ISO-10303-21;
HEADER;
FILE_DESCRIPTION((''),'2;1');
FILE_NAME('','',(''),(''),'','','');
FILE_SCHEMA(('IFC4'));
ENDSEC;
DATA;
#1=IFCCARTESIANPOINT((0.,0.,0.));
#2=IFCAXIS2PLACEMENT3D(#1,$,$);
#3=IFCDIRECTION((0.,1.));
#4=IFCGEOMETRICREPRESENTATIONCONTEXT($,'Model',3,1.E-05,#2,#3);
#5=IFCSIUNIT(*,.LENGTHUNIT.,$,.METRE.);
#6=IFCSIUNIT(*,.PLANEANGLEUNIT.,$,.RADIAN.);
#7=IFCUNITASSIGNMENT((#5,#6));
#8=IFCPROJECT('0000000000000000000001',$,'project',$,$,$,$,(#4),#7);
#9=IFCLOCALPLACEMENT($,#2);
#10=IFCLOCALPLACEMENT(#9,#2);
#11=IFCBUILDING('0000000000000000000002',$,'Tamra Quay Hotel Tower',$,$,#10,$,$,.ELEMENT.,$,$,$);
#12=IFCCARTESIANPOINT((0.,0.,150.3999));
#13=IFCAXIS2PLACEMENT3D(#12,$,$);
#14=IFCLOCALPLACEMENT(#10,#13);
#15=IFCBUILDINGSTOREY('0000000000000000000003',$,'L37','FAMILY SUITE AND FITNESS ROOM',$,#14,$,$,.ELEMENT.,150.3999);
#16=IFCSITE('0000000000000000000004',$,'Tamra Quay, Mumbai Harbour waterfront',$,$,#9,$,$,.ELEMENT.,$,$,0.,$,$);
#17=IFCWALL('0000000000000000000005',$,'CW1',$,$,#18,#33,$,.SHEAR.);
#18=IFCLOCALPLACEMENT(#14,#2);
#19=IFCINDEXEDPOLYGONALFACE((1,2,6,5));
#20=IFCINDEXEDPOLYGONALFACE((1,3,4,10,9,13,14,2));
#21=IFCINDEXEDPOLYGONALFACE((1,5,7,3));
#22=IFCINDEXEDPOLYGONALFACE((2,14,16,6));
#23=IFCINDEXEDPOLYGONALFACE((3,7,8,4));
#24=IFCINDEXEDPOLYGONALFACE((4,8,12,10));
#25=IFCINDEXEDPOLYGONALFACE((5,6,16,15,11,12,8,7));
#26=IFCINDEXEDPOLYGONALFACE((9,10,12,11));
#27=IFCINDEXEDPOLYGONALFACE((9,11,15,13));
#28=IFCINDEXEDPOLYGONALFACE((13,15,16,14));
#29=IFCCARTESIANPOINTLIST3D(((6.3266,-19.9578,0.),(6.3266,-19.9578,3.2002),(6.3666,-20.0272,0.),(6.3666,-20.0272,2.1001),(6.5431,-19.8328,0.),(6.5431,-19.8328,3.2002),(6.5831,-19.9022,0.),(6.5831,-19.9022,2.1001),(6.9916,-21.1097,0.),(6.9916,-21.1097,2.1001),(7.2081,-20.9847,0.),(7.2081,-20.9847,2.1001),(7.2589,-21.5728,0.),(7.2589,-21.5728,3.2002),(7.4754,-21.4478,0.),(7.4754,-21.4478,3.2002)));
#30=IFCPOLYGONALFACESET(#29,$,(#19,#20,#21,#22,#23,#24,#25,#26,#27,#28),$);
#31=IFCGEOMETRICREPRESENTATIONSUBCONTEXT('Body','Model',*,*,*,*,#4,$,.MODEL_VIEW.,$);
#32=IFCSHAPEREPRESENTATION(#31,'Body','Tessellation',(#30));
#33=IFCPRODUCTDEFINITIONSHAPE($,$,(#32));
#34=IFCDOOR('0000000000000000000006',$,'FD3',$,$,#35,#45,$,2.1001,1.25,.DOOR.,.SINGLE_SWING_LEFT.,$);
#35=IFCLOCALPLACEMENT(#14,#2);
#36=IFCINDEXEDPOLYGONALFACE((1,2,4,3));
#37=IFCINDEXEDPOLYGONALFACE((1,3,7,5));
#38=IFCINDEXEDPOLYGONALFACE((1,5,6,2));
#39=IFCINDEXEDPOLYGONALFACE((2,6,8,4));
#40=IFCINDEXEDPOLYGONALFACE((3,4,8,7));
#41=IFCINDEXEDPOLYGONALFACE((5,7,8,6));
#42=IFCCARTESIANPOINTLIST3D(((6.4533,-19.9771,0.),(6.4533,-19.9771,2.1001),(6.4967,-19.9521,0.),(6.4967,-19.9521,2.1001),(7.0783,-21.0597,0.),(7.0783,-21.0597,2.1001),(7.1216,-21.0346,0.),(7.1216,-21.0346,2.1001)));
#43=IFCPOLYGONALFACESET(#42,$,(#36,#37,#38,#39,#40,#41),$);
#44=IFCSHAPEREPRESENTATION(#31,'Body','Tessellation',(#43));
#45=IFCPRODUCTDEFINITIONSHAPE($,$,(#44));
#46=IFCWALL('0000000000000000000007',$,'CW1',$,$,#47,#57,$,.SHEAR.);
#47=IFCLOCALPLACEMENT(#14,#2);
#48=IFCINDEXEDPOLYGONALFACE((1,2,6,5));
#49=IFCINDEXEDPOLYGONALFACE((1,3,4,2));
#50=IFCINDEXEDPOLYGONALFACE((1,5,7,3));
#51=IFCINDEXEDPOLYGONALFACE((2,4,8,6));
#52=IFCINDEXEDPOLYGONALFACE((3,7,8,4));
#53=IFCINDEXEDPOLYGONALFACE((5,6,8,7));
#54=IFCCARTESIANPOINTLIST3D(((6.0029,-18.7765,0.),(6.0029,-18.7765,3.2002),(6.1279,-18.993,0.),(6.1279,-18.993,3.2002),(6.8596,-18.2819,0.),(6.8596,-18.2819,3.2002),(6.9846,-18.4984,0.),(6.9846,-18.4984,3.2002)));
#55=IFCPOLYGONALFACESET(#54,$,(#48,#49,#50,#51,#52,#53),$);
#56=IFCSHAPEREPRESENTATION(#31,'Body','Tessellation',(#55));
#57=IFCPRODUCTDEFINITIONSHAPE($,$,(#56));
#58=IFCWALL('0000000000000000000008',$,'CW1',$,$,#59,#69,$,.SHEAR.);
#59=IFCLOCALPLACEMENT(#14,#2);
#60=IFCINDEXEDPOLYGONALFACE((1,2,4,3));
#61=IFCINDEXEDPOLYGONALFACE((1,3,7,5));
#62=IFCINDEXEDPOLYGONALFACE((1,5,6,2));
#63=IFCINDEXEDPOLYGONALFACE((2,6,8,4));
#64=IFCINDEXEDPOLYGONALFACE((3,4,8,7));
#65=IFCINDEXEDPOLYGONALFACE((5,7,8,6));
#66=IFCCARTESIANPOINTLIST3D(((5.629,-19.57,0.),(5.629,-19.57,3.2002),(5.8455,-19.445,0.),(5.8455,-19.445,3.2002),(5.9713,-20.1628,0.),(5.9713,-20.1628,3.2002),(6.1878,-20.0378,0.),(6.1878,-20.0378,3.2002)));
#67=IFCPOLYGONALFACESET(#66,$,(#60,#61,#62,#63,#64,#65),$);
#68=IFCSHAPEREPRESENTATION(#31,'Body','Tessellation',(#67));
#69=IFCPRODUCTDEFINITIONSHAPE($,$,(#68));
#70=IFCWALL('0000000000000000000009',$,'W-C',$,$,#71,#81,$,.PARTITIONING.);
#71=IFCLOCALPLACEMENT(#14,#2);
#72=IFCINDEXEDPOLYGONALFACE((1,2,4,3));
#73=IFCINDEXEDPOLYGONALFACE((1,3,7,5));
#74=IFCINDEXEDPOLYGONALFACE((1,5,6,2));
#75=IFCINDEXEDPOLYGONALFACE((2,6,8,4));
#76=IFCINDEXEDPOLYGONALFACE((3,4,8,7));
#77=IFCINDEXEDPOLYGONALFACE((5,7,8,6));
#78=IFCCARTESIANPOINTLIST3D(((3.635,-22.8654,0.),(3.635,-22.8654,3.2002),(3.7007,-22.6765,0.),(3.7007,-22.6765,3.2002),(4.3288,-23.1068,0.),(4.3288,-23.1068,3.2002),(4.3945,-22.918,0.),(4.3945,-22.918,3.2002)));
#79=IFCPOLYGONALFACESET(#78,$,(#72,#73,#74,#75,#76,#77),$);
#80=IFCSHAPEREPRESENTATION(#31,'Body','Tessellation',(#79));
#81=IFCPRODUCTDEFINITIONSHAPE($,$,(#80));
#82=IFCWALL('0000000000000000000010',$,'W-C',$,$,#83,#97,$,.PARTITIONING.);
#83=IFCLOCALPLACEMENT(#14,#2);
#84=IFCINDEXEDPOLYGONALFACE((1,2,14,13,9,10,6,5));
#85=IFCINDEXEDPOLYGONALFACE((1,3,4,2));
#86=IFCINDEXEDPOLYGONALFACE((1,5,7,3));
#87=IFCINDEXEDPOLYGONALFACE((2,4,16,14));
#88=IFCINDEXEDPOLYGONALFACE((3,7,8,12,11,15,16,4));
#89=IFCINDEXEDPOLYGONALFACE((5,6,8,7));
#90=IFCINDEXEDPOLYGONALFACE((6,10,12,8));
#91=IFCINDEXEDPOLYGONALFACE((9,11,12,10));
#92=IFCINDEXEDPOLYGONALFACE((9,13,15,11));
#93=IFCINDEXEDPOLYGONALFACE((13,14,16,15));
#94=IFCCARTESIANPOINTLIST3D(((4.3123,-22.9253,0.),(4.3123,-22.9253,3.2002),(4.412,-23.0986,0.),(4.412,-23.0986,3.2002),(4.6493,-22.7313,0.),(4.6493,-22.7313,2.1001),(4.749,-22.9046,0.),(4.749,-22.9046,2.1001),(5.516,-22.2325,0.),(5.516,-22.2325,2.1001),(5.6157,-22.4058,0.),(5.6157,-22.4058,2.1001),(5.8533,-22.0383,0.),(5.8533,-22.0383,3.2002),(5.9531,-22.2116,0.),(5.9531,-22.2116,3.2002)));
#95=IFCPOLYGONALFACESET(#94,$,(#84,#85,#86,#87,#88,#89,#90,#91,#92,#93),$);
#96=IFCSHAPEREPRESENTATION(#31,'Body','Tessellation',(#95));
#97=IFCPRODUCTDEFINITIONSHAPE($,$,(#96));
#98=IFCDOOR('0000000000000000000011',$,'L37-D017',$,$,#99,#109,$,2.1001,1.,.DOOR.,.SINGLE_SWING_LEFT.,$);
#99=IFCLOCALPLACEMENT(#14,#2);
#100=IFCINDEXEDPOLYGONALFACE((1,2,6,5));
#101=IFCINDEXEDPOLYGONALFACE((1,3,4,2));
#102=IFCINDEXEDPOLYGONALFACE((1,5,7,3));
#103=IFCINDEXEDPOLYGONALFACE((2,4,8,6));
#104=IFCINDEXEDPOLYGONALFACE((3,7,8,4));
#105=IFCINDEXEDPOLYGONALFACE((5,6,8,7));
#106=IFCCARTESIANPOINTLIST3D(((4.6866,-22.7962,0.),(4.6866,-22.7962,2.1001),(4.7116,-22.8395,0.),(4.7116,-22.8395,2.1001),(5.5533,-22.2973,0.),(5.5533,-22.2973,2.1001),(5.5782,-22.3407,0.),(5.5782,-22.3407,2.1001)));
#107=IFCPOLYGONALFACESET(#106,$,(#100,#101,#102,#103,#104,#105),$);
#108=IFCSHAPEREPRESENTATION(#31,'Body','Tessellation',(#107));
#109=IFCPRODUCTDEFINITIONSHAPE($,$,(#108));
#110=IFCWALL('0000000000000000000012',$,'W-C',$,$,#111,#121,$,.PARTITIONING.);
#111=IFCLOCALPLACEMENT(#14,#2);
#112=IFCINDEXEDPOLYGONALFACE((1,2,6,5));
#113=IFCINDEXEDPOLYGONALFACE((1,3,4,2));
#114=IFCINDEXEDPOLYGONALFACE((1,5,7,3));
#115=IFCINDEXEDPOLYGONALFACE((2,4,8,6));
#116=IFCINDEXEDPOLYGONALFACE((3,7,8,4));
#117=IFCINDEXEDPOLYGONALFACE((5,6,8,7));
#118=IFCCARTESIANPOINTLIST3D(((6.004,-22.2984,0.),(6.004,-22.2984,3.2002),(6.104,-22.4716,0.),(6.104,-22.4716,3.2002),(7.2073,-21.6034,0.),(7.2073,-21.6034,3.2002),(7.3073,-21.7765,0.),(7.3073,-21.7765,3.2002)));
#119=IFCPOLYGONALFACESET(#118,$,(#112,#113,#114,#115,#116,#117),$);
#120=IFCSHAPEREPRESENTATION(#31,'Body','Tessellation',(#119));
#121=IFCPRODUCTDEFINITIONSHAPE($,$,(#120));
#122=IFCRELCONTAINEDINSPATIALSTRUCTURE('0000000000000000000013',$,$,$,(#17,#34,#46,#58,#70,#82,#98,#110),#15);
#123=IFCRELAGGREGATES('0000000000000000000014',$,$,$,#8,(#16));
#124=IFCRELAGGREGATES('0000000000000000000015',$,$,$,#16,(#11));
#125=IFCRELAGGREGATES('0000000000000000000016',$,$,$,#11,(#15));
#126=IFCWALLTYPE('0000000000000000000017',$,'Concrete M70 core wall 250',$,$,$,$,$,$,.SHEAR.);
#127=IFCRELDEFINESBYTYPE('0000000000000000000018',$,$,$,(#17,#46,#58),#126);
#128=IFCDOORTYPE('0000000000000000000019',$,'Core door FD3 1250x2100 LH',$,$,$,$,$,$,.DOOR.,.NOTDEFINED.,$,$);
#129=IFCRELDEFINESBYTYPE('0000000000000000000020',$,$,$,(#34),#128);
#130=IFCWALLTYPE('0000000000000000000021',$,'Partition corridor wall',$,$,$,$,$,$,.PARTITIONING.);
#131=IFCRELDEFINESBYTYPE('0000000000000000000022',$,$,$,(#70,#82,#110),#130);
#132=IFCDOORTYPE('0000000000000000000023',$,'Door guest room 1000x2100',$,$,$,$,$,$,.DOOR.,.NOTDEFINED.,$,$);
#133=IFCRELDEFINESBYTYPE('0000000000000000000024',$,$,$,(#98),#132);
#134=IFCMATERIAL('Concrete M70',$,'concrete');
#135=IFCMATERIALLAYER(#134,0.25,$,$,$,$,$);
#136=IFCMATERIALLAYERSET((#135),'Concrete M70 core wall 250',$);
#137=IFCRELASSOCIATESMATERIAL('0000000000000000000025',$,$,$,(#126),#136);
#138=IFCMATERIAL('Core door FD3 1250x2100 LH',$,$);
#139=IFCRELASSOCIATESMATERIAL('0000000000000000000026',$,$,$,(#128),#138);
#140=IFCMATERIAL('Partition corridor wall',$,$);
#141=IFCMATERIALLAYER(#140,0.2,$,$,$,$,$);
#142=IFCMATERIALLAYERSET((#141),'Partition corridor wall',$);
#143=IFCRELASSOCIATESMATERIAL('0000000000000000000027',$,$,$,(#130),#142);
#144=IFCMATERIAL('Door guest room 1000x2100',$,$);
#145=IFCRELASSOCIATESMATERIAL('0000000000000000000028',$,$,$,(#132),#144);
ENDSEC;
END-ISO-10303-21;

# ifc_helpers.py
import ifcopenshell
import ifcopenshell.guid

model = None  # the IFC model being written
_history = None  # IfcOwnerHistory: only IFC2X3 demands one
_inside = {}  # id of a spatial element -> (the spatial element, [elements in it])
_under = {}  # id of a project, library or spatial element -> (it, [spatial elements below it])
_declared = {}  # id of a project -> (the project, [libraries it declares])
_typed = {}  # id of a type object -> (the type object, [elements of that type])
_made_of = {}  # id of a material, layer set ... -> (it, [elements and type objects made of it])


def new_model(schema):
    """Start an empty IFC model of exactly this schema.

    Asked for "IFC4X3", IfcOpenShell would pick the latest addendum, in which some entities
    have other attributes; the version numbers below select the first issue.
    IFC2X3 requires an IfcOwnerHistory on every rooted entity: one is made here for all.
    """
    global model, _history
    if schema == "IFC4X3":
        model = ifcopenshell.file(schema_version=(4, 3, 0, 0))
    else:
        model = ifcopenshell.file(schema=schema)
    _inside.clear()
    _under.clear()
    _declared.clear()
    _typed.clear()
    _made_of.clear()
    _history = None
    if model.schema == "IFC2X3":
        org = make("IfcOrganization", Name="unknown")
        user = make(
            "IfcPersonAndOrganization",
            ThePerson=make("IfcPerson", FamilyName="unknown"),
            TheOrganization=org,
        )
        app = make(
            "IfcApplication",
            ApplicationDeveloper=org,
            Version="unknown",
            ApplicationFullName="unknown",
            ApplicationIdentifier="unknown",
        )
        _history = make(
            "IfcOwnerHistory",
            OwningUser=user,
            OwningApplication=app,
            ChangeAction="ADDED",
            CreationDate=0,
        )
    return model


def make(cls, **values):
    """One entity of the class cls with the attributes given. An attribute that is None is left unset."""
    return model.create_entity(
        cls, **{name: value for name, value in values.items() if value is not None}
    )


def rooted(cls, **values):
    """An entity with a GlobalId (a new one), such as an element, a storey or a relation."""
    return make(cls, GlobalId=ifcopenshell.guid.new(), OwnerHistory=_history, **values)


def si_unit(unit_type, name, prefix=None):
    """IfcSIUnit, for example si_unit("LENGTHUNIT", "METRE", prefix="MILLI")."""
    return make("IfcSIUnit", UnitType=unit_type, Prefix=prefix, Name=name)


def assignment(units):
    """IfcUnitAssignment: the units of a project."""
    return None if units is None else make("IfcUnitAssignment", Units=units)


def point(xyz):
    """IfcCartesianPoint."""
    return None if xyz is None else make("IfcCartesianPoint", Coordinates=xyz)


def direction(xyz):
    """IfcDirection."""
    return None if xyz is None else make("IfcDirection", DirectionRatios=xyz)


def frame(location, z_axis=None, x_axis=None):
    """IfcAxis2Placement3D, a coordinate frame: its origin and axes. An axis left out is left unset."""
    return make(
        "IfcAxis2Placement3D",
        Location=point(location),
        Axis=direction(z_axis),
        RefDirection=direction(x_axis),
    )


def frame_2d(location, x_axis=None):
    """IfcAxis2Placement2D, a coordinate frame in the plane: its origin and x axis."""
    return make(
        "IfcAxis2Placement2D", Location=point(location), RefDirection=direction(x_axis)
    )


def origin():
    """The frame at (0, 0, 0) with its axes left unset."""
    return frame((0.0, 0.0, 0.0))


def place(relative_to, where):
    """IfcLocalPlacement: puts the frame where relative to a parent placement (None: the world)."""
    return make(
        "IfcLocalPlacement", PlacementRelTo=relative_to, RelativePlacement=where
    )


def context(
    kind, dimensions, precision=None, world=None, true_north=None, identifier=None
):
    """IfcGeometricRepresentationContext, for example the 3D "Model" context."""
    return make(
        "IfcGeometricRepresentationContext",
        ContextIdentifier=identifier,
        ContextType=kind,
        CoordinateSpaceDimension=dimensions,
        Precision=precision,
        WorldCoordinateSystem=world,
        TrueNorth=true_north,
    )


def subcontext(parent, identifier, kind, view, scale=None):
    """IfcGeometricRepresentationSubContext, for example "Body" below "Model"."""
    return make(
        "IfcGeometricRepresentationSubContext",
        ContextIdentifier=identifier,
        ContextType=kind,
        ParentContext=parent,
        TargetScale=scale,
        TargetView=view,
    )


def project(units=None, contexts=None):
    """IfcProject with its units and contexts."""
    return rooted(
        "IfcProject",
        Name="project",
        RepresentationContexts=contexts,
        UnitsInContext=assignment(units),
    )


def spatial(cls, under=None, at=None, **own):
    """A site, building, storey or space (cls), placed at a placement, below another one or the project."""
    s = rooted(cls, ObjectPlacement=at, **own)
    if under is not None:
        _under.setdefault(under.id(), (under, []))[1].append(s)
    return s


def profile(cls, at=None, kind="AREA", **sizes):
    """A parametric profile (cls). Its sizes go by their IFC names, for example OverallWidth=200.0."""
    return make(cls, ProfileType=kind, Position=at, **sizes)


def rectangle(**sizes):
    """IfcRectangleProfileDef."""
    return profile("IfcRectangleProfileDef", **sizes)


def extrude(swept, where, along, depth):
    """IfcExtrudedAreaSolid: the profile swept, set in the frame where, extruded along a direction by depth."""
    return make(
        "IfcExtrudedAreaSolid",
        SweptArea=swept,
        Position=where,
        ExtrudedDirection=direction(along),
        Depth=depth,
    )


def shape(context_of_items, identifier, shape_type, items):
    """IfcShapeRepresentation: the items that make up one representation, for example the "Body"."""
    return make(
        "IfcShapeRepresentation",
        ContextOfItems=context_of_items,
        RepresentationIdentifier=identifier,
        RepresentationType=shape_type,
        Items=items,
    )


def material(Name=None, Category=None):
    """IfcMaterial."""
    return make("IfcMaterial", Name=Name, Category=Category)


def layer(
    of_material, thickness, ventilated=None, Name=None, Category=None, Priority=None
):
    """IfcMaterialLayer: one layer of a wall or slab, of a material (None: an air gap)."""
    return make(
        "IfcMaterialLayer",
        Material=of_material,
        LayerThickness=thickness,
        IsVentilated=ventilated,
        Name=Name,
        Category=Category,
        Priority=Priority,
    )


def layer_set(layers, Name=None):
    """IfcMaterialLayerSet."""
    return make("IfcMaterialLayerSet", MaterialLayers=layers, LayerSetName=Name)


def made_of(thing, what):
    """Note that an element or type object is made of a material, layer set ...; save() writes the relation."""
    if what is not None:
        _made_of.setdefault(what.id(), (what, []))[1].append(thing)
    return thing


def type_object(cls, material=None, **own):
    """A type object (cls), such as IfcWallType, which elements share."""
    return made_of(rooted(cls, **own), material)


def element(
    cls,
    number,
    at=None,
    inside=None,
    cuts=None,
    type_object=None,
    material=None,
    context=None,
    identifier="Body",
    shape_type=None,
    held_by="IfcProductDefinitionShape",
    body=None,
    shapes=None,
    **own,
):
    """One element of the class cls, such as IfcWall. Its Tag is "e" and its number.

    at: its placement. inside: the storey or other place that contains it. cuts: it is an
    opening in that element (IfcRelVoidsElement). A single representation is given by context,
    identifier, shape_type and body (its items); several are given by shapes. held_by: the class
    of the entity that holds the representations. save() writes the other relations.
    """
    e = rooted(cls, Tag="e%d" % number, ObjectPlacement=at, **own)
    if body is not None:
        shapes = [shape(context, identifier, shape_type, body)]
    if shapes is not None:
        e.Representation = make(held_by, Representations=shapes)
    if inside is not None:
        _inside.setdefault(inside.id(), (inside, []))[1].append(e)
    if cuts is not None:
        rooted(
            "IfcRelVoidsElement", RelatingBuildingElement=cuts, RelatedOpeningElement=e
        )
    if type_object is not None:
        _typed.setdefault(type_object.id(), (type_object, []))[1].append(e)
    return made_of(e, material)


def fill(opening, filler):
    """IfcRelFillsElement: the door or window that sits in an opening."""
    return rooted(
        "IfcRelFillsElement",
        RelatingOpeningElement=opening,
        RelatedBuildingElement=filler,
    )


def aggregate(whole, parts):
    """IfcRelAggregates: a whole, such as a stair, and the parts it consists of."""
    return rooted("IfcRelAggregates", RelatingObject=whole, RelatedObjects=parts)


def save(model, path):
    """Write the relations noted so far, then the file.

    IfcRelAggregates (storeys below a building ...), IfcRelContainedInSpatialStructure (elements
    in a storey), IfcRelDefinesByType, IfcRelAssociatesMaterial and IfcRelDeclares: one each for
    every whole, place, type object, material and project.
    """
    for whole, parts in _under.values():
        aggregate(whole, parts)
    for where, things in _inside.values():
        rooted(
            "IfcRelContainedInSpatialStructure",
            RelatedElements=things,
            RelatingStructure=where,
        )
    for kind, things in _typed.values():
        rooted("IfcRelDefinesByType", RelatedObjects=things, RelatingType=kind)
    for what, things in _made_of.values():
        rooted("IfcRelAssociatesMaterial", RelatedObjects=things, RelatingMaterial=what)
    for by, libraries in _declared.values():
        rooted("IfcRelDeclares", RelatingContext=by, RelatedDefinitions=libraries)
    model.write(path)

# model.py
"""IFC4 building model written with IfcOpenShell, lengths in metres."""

from ifc_helpers import new_model, si_unit, direction, frame, frame_2d, origin, place, context, subcontext, project, spatial, rectangle, extrude, material, layer, layer_set, type_object, element, fill, save


model = new_model("IFC4")

# Units and contexts
model_context = context("Model", 3, precision=1e-05, world=origin(), true_north=direction((0.0, 1.0)))
body_context = subcontext(model_context, "Body", "Model", "MODEL_VIEW")
ifc_project = project(units=[si_unit("LENGTHUNIT", "METRE"), si_unit("PLANEANGLEUNIT", "RADIAN")], contexts=[model_context])

# Site, building, storey
site_placement = place(None, origin())
site = spatial("IfcSite", under=ifc_project, at=site_placement, Name="Tamra Quay, Mumbai Harbour waterfront", CompositionType="ELEMENT", RefElevation=0.0)
building_placement = place(site_placement, origin())
building = spatial("IfcBuilding", under=site, at=building_placement, Name="Tamra Quay Hotel Tower", CompositionType="ELEMENT")
storey_placement = place(building_placement, frame((0.0, 0.0, 150.3999)))
storey = spatial("IfcBuildingStorey", under=building, at=storey_placement, Name="L37", Description="FAMILY SUITE AND FITNESS ROOM", CompositionType="ELEMENT", Elevation=150.3999)

# Shared definitions
ifc_material_1 = material(Name="Concrete M70", Category="concrete")

# Shared definitions
ifc_layer_1 = layer(ifc_material_1, 0.25)
ifc_layer_set_1 = layer_set([ifc_layer_1], Name="Concrete M70 core wall 250")
wall_type_1 = type_object("IfcWallType", Name="Concrete M70 core wall 250", PredefinedType="SHEAR", material=ifc_layer_set_1)

# Wall, opening, door
wall_1_placement = place(storey_placement, frame((7.3672, -21.5103, 0.0), z_axis=(0.0, 0.0, 1.0), x_axis=(-0.499983, 0.866035, 0.0)))
wall_1 = element("IfcWall", 1, at=wall_1_placement, inside=storey, type_object=wall_type_1, Name="CW1", PredefinedType="SHEAR", context=body_context, shape_type="SweptSolid", body=[
    extrude(rectangle(XDim=1.8647, YDim=0.25, at=frame_2d((0.9324, 0.0))), origin(), (0.0, 0.0, 1.0), 3.2002),
])
opening_1_placement = place(wall_1_placement, frame((0.5347, 0.0, 0.0)))
opening_1 = element("IfcOpeningElement", 2, at=opening_1_placement, cuts=wall_1, PredefinedType="OPENING", context=body_context, shape_type="SweptSolid", body=[
    extrude(rectangle(XDim=1.25, YDim=2.1001, at=frame_2d((0.625, 1.05))), frame((0.0, 0.135, 0.0), z_axis=(0.0, -1.0, 0.0), x_axis=(1.0, 0.0, 0.0)), (0.0, 0.0, 1.0), 0.27),
])
ifc_material_2 = material(Name="Core door FD3 1250x2100 LH")
door_type_1 = type_object("IfcDoorType", Name="Core door FD3 1250x2100 LH", OperationType="NOTDEFINED", PredefinedType="DOOR", material=ifc_material_2)
door_1_placement = place(opening_1_placement, origin())
door_1 = element("IfcDoor", 3, at=door_1_placement, inside=storey, type_object=door_type_1, Name="FD3", OperationType="SINGLE_SWING_LEFT", OverallHeight=2.1001, OverallWidth=1.25, PredefinedType="DOOR", context=body_context, shape_type="SweptSolid", body=[
    extrude(rectangle(XDim=1.25, YDim=2.1001, at=frame_2d((0.625, 1.05))), frame((0.0, 0.0249, 0.0), z_axis=(0.0, -1.0, 0.0), x_axis=(1.0, 0.0, 0.0)), (0.0, 0.0, 1.0), 0.05),
])
fill(opening_1, door_1)

# Walls
wall_2_placement = place(storey_placement, frame((6.0654, -18.8848, 0.0), z_axis=(0.0, 0.0, 1.0), x_axis=(0.866017, 0.500014, 0.0)))
element("IfcWall", 4, at=wall_2_placement, inside=storey, type_object=wall_type_1, Name="CW1", PredefinedType="SHEAR", context=body_context, shape_type="SweptSolid", body=[
    extrude(rectangle(XDim=0.9893, YDim=0.25, at=frame_2d((0.4946, 0.0))), origin(), (0.0, 0.0, 1.0), 3.2002),
])
wall_3_placement = place(storey_placement, frame((6.0796, -20.1003, 0.0), z_axis=(0.0, 0.0, 1.0), x_axis=(-0.500052, 0.865996, 0.0)))
element("IfcWall", 5, at=wall_3_placement, inside=storey, type_object=wall_type_1, Name="CW1", PredefinedType="SHEAR", context=body_context, shape_type="SweptSolid", body=[
    extrude(rectangle(XDim=0.6846, YDim=0.25, at=frame_2d((0.3423, 0.0))), origin(), (0.0, 0.0, 1.0), 3.2002),
])
ifc_material_3 = material(Name="Partition corridor wall")
ifc_layer_2 = layer(ifc_material_3, 0.2)
ifc_layer_set_2 = layer_set([ifc_layer_2], Name="Partition corridor wall")
wall_type_2 = type_object("IfcWallType", Name="Partition corridor wall", PredefinedType="PARTITIONING", material=ifc_layer_set_2)
wall_4_placement = place(storey_placement, frame((3.668, -22.771, 0.0), z_axis=(0.0, 0.0, 1.0), x_axis=(0.944447, -0.328662, 0.0)))
element("IfcWall", 6, at=wall_4_placement, inside=storey, type_object=wall_type_2, Name="W-C", PredefinedType="PARTITIONING", context=body_context, shape_type="SweptSolid", body=[
    extrude(rectangle(XDim=0.7346, YDim=0.2, at=frame_2d((0.3672, 0.0))), origin(), (0.0, 0.0, 1.0), 3.2002),
])

# Wall, opening, door
wall_5_placement = place(storey_placement, frame((4.3621, -23.012, 0.0), z_axis=(0.0, 0.0, 1.0), x_axis=(0.866693, 0.498843, 0.0)))
wall_5 = element("IfcWall", 7, at=wall_5_placement, inside=storey, type_object=wall_type_2, Name="W-C", PredefinedType="PARTITIONING", context=body_context, shape_type="SweptSolid", body=[
    extrude(rectangle(XDim=1.7781, YDim=0.2, at=frame_2d((0.8892, 0.0))), origin(), (0.0, 0.0, 1.0), 3.2002),
])
opening_2_placement = place(wall_5_placement, frame((0.3889, 0.0, 0.0)))
opening_2 = element("IfcOpeningElement", 8, at=opening_2_placement, cuts=wall_5, PredefinedType="OPENING", context=body_context, shape_type="SweptSolid", body=[
    extrude(rectangle(XDim=1.0, YDim=2.1001, at=frame_2d((0.5, 1.05))), frame((0.0, 0.1099, 0.0), z_axis=(0.0, -1.0, 0.0), x_axis=(1.0, 0.0, 0.0)), (0.0, 0.0, 1.0), 0.22),
])
ifc_material_4 = material(Name="Door guest room 1000x2100")
door_type_2 = type_object("IfcDoorType", Name="Door guest room 1000x2100", OperationType="NOTDEFINED", PredefinedType="DOOR", material=ifc_material_4)
door_2_placement = place(opening_2_placement, frame((1.0, 0.0, 0.0), z_axis=(0.0, 0.0, 1.0), x_axis=(-1.0, 0.0, 0.0)))
door_2 = element("IfcDoor", 9, at=door_2_placement, inside=storey, type_object=door_type_2, Name="L37-D017", OperationType="SINGLE_SWING_LEFT", OverallHeight=2.1001, OverallWidth=1.0, PredefinedType="DOOR", context=body_context, shape_type="SweptSolid", body=[
    extrude(rectangle(XDim=1.0, YDim=2.1001, at=frame_2d((0.5, 1.05))), frame((0.0, 0.0249, 0.0), z_axis=(0.0, -1.0, 0.0), x_axis=(1.0, 0.0, 0.0)), (0.0, 0.0, 1.0), 0.05),
])
fill(opening_2, door_2)

# Wall
wall_6_placement = place(storey_placement, frame((6.054, -22.385, 0.0), z_axis=(0.0, 0.0, 1.0), x_axis=(0.865931, 0.500163, 0.0)))
element("IfcWall", 10, at=wall_6_placement, inside=storey, type_object=wall_type_2, Name="W-C", PredefinedType="PARTITIONING", context=body_context, shape_type="SweptSolid", body=[
    extrude(rectangle(XDim=1.3896, YDim=0.2, at=frame_2d((0.6948, 0.0))), origin(), (0.0, 0.0, 1.0), 3.2002),
])

save(model, "model.ifc")
